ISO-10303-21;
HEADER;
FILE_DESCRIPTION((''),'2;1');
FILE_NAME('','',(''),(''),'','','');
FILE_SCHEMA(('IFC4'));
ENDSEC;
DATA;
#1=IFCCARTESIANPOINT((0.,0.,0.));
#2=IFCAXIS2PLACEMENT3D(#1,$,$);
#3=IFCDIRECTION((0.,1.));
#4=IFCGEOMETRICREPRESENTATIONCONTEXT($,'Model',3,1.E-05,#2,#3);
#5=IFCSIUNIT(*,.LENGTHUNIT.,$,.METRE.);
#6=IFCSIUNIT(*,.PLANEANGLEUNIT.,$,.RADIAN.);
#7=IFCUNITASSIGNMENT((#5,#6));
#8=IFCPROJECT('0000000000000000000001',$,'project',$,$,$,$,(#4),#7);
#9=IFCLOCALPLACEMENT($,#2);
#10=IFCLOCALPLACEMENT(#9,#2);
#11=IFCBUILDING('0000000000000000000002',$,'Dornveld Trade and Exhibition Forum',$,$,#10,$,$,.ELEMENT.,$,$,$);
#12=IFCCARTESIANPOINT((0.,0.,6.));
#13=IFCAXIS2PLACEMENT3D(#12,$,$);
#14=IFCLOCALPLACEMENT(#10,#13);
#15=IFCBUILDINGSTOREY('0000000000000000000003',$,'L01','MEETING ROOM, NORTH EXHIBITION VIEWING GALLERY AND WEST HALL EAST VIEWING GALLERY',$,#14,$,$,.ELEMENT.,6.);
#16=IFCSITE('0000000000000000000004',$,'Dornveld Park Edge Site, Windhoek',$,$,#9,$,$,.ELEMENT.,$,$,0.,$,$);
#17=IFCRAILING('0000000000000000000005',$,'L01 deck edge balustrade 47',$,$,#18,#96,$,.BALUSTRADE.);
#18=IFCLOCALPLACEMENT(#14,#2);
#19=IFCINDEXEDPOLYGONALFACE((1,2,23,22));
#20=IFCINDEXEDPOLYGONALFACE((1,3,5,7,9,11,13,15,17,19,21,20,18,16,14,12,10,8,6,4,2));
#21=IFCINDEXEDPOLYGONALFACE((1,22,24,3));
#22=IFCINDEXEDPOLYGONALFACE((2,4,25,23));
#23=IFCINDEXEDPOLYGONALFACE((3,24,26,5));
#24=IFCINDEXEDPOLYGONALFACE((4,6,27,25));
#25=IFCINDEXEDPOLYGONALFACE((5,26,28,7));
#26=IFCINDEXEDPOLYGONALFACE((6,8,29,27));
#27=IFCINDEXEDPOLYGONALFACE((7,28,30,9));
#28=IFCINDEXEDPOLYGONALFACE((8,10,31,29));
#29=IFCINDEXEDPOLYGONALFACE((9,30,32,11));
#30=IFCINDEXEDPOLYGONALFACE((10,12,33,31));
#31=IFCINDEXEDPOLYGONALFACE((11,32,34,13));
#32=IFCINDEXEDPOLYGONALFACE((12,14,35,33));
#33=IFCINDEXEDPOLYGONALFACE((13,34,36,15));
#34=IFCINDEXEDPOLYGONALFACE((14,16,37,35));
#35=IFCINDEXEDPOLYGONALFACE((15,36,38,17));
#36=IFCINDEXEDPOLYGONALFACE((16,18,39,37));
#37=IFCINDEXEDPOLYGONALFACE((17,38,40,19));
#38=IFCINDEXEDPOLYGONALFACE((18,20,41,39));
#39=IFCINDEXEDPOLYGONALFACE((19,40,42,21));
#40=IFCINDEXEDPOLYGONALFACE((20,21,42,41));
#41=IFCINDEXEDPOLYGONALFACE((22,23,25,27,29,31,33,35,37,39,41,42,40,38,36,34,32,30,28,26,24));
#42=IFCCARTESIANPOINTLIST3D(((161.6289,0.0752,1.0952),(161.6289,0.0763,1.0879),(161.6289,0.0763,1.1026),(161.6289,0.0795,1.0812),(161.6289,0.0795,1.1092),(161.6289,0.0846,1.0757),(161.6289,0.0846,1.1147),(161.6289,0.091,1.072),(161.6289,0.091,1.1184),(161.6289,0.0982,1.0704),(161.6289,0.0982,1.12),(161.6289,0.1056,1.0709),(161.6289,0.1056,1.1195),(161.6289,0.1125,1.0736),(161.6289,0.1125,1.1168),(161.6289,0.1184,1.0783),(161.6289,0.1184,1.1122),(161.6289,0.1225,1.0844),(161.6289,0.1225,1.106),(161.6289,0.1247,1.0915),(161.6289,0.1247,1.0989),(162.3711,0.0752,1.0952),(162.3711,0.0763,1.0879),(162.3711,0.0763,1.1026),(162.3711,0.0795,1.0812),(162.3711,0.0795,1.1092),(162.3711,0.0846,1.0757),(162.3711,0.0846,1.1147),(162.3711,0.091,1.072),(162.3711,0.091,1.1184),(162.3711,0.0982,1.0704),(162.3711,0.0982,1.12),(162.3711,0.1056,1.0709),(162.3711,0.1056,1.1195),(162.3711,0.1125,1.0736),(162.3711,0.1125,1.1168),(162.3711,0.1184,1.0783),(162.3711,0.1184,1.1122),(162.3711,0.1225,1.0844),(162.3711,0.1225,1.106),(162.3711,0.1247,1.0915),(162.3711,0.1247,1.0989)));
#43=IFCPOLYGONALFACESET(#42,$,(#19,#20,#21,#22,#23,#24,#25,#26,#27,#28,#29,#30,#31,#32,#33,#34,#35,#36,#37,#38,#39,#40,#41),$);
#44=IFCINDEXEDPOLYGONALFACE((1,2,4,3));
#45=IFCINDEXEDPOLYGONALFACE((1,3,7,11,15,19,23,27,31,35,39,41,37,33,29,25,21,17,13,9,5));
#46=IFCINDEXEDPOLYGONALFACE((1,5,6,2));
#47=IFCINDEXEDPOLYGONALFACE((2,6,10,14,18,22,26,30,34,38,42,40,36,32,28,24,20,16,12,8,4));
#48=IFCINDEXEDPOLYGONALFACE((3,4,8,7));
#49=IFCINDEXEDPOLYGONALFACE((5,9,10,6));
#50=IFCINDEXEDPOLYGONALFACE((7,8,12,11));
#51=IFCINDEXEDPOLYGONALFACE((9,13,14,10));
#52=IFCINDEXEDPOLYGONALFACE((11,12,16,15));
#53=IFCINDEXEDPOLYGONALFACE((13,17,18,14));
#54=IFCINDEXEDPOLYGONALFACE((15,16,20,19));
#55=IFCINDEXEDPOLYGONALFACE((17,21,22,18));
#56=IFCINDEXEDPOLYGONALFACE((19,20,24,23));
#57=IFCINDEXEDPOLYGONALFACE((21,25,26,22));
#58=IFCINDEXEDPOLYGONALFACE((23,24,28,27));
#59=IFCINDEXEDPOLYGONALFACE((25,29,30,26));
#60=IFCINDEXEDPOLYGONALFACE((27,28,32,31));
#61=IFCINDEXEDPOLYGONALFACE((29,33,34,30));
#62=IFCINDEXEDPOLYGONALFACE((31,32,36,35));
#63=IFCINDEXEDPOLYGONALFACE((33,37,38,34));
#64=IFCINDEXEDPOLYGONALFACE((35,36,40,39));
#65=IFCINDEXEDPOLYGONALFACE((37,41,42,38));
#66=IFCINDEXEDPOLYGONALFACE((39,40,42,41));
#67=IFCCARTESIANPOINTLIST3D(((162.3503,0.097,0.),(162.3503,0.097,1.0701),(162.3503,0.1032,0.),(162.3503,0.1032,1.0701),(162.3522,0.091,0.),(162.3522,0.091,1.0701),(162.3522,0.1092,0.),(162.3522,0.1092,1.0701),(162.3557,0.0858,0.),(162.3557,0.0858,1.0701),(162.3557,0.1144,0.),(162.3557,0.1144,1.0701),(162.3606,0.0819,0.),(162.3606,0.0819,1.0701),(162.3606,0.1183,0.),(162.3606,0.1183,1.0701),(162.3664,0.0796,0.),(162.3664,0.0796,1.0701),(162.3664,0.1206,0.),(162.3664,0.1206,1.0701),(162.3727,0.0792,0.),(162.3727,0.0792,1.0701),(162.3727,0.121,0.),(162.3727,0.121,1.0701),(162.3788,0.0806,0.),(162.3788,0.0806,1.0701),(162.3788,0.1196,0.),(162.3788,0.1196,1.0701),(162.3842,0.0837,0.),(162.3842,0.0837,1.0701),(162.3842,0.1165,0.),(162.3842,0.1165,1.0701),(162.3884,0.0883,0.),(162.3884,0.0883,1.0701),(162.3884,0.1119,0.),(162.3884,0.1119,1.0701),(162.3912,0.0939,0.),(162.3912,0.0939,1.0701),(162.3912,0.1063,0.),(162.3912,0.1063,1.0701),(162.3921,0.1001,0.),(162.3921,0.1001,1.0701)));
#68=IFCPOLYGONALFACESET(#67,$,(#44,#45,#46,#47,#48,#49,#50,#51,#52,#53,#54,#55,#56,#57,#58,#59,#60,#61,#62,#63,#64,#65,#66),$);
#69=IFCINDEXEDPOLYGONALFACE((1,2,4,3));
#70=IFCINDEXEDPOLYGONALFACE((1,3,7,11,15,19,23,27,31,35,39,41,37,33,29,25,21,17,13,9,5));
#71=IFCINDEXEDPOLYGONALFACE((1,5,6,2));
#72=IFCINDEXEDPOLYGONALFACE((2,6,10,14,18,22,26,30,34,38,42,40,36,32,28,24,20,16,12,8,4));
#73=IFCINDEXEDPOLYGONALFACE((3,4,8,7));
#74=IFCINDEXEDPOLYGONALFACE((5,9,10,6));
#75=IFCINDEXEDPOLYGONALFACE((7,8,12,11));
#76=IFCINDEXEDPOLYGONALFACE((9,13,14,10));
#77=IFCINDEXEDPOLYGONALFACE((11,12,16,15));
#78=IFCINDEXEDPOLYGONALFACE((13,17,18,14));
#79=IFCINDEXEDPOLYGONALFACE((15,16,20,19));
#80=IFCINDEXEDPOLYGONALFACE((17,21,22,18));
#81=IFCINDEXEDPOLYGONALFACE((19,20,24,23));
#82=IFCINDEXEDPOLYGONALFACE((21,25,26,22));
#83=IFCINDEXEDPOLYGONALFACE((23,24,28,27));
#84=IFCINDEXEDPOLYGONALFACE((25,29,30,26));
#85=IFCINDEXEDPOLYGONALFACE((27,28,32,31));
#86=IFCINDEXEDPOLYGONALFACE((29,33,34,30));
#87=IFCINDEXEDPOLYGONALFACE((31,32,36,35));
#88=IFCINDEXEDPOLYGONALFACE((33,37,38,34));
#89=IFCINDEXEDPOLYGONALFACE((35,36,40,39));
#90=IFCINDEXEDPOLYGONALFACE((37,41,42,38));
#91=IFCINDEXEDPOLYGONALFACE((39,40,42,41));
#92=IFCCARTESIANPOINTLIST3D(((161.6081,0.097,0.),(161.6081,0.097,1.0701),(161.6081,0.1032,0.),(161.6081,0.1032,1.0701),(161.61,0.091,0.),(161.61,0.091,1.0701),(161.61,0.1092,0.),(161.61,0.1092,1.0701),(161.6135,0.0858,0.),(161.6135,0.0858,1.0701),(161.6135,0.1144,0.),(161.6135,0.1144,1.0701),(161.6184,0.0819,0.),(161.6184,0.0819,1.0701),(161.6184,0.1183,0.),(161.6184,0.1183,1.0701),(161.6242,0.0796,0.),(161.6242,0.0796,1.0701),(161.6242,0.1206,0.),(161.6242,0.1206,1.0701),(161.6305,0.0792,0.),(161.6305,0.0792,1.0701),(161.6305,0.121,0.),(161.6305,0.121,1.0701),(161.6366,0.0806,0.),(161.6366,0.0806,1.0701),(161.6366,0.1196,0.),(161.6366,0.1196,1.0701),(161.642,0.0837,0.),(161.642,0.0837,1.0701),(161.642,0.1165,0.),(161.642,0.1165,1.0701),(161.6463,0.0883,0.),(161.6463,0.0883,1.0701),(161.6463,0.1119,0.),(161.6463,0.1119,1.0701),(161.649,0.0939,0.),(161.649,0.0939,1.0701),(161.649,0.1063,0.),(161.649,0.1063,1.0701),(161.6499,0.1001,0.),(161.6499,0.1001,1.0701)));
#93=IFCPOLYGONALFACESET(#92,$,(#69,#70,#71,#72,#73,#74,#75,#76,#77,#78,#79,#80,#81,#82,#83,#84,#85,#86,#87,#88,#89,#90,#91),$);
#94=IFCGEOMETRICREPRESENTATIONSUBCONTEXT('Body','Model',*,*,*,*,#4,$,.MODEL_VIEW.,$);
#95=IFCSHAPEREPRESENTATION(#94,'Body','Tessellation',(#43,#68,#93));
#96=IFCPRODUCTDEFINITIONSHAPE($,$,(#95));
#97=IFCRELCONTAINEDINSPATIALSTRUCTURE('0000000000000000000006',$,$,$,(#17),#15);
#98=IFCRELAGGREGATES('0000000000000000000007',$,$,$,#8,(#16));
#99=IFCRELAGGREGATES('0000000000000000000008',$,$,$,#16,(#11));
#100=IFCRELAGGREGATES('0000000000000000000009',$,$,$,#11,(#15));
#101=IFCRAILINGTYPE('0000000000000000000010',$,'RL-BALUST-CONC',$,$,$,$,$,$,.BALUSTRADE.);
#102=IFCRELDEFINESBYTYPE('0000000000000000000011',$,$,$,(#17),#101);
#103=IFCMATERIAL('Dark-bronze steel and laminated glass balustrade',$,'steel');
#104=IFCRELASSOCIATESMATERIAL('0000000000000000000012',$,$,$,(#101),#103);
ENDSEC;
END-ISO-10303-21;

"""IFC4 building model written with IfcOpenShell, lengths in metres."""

from ifc_helpers import new_model, si_unit, direction, frame, origin, origin_2d, place, context, subcontext, project, spatial, circle, extrude, material, type_object, element, save


model = new_model("IFC4")

# Units and contexts
model_context = context("Model", 3, precision=1e-05, world=origin(), true_north=direction((0.0, 1.0)))
body_context = subcontext(model_context, "Body", "Model", "MODEL_VIEW")
ifc_project = project(units=[si_unit("LENGTHUNIT", "METRE"), si_unit("PLANEANGLEUNIT", "RADIAN")], contexts=[model_context])

# Site, building, storey
site_placement = place(None, origin())
site = spatial("IfcSite", under=ifc_project, at=site_placement, Name="Dornveld Park Edge Site, Windhoek", CompositionType="ELEMENT", RefElevation=0.0)
building_placement = place(site_placement, origin())
building = spatial("IfcBuilding", under=site, at=building_placement, Name="Dornveld Trade and Exhibition Forum", CompositionType="ELEMENT")
storey_placement = place(building_placement, frame((0.0, 0.0, 6.0)))
storey = spatial("IfcBuildingStorey", under=building, at=storey_placement, Name="L01", Description="MEETING ROOM, NORTH EXHIBITION VIEWING GALLERY AND WEST HALL EAST VIEWING GALLERY", CompositionType="ELEMENT", Elevation=6.0)

# Railing
ifc_material_1 = material(Name="Dark-bronze steel and laminated glass balustrade", Category="steel")
railing_type = type_object("IfcRailingType", Name="RL-BALUST-CONC", PredefinedType="BALUSTRADE", material=ifc_material_1)
for number, where, name in (
    (1, (162.3711, 0.1001, 0.0), "L01 deck edge balustrade 47"),
):
    element("IfcRailing", number, at=place(storey_placement, frame(where)), inside=storey, type_object=railing_type, Name=name, PredefinedType="BALUSTRADE", context=body_context, shape_type="SweptSolid", body=[
        extrude(circle(Radius=0.0249, at=origin_2d()), frame((0.0, 0.0, 1.0952), z_axis=(-1.0, 0.0, 0.0), x_axis=(0.0, -1.0, 0.0)), (0.0, 0.0, 1.0), 0.7422),
        extrude(circle(Radius=0.021, at=origin_2d()), origin(), (0.0, 0.0, 1.0), 1.0701),
        extrude(circle(Radius=0.021, at=origin_2d()), frame((-0.7422, 0.0, 0.0)), (0.0, 0.0, 1.0), 1.0701),
    ])

save(model, "model.ifc")
